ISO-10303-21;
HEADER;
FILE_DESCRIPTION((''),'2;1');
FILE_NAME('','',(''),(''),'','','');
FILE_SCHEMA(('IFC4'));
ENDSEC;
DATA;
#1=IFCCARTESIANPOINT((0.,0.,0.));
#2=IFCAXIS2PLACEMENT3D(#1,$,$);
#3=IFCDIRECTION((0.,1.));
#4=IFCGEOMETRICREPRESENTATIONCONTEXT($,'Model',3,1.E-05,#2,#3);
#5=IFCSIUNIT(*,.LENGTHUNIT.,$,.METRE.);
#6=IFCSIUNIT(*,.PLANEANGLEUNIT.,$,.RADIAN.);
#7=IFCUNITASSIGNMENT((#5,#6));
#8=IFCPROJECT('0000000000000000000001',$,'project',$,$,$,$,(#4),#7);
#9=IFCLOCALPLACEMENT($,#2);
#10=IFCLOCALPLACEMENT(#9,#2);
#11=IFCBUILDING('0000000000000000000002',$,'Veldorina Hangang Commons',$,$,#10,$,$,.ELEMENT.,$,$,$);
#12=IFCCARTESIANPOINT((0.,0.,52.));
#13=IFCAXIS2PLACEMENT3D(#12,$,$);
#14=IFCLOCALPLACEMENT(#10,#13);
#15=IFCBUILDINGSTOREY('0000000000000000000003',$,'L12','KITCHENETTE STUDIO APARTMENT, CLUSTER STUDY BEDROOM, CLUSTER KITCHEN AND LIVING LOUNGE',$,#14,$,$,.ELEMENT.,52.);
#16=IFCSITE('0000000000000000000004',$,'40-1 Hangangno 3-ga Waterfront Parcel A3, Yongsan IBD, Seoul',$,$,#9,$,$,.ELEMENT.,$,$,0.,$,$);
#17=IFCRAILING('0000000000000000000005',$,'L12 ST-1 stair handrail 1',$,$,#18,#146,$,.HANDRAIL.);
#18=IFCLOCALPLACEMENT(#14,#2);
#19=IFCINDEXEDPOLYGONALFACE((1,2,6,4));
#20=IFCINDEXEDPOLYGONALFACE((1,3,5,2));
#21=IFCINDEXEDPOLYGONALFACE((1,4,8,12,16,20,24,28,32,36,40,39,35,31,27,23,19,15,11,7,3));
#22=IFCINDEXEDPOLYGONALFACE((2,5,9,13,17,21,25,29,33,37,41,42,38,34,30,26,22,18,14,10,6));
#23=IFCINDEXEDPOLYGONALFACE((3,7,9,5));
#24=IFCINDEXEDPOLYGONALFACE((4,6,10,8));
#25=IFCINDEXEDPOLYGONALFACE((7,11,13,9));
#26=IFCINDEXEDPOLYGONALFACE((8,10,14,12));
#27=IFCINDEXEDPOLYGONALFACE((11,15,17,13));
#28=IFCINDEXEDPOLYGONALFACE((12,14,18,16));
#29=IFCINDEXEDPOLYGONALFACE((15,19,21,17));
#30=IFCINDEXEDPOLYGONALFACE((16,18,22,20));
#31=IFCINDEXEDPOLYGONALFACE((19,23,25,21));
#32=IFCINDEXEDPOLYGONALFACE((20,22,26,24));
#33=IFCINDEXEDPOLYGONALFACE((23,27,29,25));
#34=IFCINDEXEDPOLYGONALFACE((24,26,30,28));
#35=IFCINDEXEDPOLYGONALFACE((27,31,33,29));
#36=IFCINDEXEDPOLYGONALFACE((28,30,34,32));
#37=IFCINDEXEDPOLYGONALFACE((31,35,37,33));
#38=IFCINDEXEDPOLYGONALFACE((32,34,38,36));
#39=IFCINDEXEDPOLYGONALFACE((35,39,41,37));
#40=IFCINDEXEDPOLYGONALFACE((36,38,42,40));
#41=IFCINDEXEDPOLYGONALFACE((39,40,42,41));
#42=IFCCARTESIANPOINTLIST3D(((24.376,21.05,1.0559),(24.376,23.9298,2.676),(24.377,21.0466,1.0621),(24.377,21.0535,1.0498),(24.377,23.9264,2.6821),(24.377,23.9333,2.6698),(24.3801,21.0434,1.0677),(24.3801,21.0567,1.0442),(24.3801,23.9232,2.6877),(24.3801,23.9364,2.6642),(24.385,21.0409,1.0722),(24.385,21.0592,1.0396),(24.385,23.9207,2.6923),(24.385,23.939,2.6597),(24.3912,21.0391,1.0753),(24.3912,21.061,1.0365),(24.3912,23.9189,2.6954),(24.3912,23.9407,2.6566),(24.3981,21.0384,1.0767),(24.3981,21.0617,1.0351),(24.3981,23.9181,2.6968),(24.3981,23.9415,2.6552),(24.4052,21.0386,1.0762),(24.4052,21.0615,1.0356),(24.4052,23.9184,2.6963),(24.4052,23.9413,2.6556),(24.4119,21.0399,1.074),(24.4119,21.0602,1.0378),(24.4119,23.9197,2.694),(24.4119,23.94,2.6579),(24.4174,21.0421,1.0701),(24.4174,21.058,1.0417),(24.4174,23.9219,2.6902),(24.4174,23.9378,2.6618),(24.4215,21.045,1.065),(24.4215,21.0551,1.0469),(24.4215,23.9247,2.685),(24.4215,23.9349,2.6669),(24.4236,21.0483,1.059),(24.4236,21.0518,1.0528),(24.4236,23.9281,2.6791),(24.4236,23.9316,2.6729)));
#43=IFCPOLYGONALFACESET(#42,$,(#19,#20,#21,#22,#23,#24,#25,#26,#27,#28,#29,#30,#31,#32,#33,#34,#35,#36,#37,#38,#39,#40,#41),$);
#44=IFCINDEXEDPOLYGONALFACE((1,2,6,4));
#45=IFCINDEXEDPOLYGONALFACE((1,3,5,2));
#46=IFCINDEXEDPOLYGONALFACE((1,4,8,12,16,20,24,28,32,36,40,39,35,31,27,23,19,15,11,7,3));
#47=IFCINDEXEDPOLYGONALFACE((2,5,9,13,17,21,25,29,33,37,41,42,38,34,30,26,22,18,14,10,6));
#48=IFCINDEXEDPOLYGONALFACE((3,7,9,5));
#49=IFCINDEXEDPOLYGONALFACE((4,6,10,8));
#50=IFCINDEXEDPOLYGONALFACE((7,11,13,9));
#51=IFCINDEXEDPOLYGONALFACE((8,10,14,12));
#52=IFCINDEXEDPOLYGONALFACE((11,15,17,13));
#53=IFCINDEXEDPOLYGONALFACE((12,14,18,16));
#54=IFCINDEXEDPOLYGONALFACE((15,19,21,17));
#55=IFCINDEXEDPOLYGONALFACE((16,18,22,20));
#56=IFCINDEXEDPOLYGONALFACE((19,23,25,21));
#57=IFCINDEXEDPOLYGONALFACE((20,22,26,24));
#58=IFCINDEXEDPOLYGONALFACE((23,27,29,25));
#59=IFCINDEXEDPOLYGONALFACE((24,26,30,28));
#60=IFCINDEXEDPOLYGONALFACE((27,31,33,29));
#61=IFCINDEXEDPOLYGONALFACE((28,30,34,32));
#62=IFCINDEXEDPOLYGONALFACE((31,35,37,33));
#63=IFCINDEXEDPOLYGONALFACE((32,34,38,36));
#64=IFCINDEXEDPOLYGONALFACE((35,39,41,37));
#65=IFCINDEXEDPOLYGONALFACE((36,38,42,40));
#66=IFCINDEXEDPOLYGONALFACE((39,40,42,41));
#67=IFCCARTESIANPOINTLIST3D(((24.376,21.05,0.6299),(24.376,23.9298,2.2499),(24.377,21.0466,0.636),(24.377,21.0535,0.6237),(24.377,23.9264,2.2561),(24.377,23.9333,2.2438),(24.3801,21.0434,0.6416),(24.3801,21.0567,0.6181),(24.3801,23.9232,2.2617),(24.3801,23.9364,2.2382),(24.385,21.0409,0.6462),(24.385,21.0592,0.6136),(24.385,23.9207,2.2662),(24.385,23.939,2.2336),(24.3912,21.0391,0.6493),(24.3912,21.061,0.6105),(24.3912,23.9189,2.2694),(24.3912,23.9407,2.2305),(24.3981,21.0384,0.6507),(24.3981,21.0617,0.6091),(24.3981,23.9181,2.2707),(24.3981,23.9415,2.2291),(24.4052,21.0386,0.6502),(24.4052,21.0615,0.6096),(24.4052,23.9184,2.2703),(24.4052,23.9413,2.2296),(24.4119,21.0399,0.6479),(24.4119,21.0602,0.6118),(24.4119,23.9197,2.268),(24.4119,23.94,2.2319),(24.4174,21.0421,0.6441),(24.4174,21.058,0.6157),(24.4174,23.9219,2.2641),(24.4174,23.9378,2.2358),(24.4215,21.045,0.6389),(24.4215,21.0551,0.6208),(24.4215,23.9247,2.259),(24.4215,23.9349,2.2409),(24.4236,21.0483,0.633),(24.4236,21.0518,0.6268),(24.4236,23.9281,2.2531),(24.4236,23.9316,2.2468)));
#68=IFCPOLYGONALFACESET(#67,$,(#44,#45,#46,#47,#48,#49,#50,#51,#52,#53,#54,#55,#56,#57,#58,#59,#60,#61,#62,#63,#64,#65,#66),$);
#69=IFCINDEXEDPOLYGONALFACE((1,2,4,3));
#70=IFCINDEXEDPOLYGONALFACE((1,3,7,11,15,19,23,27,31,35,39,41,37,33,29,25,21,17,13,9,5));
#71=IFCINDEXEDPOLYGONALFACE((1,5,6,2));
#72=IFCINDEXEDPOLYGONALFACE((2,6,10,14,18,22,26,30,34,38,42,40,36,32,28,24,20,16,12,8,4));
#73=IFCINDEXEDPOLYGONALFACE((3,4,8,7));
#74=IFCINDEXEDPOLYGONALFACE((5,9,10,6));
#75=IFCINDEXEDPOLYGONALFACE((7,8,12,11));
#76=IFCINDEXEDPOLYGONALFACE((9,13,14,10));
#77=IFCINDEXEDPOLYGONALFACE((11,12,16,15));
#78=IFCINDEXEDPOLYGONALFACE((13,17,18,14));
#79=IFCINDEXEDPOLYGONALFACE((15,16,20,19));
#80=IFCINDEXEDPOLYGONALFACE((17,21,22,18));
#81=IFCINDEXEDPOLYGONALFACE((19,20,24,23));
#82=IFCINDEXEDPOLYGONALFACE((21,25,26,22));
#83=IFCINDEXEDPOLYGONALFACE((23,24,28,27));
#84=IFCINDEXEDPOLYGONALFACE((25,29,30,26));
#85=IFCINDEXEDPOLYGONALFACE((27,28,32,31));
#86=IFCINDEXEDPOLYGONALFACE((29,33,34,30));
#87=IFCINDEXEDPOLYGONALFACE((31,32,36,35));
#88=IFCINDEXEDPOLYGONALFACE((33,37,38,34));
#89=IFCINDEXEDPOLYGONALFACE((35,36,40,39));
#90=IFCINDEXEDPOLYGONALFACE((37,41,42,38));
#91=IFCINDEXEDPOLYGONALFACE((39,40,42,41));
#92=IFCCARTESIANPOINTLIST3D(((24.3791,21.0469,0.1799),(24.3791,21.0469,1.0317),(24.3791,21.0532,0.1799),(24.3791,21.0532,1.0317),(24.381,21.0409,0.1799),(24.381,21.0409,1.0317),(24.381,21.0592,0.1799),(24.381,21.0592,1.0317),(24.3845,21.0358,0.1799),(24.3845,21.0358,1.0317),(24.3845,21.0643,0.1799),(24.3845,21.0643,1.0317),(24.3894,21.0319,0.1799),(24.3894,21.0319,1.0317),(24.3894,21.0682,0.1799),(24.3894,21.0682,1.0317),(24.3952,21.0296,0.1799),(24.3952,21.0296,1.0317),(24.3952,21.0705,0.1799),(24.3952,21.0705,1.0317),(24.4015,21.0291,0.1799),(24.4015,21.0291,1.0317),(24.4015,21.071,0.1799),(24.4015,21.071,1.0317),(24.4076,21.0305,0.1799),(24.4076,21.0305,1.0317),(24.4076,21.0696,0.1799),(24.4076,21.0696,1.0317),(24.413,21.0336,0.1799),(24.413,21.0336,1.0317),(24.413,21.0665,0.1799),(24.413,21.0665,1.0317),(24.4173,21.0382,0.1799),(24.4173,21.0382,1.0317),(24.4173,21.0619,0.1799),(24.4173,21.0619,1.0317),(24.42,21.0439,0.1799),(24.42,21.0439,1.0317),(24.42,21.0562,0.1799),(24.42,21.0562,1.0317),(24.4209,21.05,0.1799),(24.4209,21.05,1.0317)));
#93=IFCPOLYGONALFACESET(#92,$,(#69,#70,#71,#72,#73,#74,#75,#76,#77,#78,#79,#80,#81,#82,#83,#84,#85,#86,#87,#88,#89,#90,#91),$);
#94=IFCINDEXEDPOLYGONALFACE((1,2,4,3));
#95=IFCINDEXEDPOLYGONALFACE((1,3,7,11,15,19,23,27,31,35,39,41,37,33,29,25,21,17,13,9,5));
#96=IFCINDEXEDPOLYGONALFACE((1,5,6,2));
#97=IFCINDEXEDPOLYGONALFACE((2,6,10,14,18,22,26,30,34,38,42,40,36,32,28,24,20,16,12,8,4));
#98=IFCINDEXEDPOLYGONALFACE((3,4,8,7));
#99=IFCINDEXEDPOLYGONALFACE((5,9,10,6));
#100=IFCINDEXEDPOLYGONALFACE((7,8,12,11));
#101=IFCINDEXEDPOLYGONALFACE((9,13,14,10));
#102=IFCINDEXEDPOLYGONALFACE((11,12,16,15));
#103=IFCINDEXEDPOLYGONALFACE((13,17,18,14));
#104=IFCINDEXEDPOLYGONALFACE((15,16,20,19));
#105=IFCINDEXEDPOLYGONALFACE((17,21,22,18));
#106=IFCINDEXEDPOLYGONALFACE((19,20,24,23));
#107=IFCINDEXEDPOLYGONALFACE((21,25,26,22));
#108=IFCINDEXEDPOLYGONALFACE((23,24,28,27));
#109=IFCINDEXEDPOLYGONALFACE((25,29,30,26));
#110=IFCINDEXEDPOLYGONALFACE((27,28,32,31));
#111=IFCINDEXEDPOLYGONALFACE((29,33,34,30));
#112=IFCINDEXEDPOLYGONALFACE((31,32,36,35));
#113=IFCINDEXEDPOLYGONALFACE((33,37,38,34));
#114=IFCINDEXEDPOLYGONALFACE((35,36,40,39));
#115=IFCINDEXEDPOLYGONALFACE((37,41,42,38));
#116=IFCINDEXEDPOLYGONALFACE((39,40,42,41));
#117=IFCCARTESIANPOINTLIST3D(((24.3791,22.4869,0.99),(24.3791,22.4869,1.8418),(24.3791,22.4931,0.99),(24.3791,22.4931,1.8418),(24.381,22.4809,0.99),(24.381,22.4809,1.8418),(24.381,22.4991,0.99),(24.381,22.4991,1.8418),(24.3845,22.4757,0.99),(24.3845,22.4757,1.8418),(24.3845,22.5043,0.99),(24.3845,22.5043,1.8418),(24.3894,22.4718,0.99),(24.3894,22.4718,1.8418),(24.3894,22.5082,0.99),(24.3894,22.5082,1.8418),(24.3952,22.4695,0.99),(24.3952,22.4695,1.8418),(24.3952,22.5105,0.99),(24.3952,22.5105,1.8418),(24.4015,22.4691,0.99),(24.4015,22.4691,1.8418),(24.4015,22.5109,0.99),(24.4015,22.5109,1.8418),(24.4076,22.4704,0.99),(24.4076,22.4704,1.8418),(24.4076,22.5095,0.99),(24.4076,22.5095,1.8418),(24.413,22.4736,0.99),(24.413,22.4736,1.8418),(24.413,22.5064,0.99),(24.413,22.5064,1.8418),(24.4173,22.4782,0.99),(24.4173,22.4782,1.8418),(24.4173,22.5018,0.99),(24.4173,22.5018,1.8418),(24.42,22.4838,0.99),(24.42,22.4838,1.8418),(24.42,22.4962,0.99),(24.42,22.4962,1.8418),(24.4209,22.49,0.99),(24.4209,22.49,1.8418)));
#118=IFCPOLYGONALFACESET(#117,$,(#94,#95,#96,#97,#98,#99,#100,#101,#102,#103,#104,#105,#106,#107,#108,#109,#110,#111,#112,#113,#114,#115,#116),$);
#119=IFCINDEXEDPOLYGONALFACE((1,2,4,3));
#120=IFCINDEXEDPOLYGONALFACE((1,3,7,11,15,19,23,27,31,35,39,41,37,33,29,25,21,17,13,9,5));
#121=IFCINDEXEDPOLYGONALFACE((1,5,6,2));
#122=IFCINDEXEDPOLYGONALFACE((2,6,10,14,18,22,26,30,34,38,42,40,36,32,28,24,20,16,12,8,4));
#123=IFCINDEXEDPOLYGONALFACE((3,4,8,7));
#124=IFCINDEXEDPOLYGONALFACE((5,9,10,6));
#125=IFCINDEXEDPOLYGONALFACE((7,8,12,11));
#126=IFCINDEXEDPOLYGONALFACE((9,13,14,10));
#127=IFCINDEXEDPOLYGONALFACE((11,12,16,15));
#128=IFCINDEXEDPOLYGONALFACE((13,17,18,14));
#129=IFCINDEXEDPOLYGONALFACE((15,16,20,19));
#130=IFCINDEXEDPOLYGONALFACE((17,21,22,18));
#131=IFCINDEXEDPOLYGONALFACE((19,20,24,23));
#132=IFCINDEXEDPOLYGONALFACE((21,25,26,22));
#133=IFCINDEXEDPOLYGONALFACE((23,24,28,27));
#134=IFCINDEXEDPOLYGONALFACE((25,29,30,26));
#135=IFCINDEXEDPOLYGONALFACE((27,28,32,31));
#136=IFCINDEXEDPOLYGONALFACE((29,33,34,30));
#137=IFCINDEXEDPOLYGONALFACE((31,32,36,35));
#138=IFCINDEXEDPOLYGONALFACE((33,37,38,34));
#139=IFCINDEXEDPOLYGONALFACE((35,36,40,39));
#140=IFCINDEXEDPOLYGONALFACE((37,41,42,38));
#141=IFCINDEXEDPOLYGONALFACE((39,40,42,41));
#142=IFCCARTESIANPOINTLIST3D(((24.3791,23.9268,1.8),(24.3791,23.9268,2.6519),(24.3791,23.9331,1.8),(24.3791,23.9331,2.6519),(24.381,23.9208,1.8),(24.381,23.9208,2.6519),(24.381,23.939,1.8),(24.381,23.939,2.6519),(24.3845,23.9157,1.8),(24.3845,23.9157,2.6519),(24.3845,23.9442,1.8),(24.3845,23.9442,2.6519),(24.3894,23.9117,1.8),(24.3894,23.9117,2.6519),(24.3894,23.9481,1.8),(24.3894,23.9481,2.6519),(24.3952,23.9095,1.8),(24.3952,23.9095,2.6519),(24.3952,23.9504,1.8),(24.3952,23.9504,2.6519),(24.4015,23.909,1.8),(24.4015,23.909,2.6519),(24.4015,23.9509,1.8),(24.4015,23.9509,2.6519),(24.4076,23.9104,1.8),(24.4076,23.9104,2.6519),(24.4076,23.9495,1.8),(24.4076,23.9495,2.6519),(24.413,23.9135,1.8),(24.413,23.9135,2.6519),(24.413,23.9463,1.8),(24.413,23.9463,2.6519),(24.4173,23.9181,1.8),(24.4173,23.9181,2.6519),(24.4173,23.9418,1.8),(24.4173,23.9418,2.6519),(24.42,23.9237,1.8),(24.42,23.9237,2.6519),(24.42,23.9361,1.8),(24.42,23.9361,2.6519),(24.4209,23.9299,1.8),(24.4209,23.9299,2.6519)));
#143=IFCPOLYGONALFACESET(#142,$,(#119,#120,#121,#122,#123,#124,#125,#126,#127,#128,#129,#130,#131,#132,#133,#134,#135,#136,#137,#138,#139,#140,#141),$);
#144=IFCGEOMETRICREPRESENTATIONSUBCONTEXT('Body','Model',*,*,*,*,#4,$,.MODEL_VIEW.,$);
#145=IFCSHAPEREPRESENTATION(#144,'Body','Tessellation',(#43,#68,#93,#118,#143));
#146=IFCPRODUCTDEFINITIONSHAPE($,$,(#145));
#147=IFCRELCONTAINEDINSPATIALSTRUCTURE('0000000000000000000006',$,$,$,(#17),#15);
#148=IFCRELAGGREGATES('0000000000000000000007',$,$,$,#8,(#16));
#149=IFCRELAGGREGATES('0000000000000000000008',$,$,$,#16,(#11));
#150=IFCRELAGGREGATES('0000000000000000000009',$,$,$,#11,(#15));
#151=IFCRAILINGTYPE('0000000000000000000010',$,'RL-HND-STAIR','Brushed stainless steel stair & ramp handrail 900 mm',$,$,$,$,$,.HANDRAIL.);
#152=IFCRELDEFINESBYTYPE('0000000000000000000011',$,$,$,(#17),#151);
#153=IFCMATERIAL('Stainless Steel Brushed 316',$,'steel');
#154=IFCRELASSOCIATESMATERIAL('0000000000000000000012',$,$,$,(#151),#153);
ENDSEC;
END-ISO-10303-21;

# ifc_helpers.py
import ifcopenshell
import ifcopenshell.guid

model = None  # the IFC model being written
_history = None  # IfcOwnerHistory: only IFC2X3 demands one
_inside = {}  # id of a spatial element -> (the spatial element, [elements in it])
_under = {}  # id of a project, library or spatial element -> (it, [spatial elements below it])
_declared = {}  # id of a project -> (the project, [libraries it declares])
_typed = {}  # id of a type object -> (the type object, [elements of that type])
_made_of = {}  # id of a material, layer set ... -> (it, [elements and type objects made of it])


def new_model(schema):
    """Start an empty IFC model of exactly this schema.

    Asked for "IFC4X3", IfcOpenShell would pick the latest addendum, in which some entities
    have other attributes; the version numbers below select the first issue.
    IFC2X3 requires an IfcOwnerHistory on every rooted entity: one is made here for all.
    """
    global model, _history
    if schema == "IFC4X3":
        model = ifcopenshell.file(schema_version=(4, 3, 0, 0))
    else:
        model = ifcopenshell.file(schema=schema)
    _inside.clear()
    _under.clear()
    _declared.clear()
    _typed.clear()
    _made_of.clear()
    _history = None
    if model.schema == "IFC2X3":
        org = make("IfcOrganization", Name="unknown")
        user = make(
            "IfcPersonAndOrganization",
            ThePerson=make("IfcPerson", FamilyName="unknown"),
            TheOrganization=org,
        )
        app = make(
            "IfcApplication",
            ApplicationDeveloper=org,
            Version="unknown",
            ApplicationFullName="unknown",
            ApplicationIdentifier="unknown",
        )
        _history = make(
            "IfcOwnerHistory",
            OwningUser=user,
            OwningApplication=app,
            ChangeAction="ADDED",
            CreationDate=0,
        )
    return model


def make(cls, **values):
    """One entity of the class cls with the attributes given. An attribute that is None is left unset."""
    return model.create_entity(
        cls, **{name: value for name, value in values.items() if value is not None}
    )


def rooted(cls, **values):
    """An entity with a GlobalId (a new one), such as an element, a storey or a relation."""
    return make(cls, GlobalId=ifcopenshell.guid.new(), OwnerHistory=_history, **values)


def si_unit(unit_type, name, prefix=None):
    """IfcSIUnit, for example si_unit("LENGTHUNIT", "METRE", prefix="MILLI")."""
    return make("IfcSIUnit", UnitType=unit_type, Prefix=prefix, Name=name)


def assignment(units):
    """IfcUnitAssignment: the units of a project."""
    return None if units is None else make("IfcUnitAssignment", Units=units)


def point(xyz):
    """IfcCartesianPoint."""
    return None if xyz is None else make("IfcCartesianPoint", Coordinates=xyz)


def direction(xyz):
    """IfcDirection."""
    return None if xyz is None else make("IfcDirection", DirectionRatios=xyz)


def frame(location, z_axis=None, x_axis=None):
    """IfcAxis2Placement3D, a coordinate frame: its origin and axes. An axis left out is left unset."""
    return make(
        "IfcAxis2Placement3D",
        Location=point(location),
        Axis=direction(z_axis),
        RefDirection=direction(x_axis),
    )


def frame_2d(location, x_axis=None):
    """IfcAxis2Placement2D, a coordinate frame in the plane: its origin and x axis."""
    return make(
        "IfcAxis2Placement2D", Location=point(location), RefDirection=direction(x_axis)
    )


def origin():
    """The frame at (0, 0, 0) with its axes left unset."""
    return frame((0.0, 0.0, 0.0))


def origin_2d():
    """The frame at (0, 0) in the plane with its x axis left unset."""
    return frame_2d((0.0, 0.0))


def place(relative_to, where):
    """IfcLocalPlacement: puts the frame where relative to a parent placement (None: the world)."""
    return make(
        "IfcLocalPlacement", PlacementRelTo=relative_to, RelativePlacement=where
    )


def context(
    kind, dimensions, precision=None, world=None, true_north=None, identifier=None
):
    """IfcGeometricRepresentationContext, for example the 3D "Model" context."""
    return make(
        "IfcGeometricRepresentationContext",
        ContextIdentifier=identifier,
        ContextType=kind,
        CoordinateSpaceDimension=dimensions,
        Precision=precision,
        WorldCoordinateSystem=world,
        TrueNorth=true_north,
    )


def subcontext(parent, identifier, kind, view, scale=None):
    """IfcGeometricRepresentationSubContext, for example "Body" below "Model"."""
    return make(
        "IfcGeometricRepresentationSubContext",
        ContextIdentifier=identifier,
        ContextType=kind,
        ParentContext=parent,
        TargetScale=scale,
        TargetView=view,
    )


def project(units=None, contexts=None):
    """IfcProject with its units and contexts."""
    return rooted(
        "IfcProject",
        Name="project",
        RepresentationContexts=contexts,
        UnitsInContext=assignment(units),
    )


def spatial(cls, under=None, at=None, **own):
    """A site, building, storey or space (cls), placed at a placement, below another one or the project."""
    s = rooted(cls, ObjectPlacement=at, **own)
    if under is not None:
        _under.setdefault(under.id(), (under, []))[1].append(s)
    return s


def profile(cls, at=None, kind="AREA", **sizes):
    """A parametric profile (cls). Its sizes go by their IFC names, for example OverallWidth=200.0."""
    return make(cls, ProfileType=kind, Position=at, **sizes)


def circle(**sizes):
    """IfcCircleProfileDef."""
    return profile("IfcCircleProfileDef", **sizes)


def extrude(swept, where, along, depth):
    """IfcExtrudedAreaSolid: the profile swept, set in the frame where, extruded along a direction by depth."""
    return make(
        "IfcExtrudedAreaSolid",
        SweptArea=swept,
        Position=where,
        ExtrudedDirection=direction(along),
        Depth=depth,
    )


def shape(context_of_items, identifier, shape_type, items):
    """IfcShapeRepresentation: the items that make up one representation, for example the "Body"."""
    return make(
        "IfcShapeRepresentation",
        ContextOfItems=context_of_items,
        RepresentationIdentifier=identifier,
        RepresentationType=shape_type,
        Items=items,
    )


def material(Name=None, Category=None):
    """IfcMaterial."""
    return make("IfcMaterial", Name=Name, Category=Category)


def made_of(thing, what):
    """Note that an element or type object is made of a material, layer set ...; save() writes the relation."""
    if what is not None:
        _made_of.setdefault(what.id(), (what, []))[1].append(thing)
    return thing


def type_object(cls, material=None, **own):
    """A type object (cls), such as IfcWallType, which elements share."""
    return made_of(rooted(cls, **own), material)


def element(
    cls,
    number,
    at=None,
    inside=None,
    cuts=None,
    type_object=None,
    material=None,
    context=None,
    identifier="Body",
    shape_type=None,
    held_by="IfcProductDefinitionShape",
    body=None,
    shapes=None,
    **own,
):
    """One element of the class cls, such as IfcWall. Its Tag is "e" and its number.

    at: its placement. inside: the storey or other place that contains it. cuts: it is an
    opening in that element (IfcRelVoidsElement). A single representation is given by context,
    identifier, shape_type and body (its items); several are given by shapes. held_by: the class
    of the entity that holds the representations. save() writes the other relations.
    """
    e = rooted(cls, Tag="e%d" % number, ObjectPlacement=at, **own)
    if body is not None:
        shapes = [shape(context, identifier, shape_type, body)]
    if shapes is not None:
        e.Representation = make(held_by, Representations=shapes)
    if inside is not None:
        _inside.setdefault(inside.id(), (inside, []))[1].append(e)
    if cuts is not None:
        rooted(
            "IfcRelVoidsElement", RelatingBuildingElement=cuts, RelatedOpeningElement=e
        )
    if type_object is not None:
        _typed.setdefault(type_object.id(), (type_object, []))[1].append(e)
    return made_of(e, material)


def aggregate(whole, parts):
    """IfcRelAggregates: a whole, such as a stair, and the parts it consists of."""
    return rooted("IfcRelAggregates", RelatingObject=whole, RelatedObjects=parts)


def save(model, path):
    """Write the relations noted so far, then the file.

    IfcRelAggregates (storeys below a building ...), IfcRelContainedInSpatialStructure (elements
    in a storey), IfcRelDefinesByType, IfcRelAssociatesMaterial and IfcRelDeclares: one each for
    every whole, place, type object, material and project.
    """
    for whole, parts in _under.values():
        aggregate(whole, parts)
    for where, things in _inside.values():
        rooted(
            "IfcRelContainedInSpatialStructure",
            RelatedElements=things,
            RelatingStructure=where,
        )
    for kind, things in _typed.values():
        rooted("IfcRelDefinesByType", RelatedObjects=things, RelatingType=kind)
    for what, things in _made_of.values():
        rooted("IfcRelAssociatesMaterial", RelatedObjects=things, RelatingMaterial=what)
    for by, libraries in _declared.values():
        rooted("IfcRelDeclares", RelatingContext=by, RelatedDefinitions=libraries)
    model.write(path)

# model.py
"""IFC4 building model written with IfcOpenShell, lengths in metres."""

from ifc_helpers import new_model, si_unit, direction, frame, origin, origin_2d, place, context, subcontext, project, spatial, circle, extrude, material, type_object, element, save


model = new_model("IFC4")

# Units and contexts
model_context = context("Model", 3, precision=1e-05, world=origin(), true_north=direction((0.0, 1.0)))
body_context = subcontext(model_context, "Body", "Model", "MODEL_VIEW")
ifc_project = project(units=[si_unit("LENGTHUNIT", "METRE"), si_unit("PLANEANGLEUNIT", "RADIAN")], contexts=[model_context])

# Site, building, storey
site_placement = place(None, origin())
site = spatial("IfcSite", under=ifc_project, at=site_placement, Name="40-1 Hangangno 3-ga Waterfront Parcel A3, Yongsan IBD, Seoul", CompositionType="ELEMENT", RefElevation=0.0)
building_placement = place(site_placement, origin())
building = spatial("IfcBuilding", under=site, at=building_placement, Name="Veldorina Hangang Commons", CompositionType="ELEMENT")
storey_placement = place(building_placement, frame((0.0, 0.0, 52.0)))
storey = spatial("IfcBuildingStorey", under=building, at=storey_placement, Name="L12", Description="KITCHENETTE STUDIO APARTMENT, CLUSTER STUDY BEDROOM, CLUSTER KITCHEN AND LIVING LOUNGE", CompositionType="ELEMENT", Elevation=52.0)

# Railing
ifc_material_1 = material(Name="Stainless Steel Brushed 316", Category="steel")
railing_type_1 = type_object("IfcRailingType", Name="RL-HND-STAIR", Description="Brushed stainless steel stair & ramp handrail 900 mm", PredefinedType="HANDRAIL", material=ifc_material_1)
railing_1_placement = place(storey_placement, frame((24.3999, 21.05, 0.1799)))
element("IfcRailing", 1, at=railing_1_placement, inside=storey, type_object=railing_type_1, Name="L12 ST-1 stair handrail 1", PredefinedType="HANDRAIL", context=body_context, shape_type="SweptSolid", body=[
    extrude(circle(Radius=0.0239, at=origin_2d()), frame((0.0, 0.0, 0.876), z_axis=(0.0, 0.871552, 0.490303), x_axis=(-1.0, 0.0, 0.0)), (0.0, 0.0, 1.0), 3.3042),
    extrude(circle(Radius=0.0239, at=origin_2d()), frame((0.0, 0.0, 0.45), z_axis=(0.0, 0.871552, 0.490303), x_axis=(-1.0, 0.0, 0.0)), (0.0, 0.0, 1.0), 3.3042),
    extrude(circle(Radius=0.021, at=origin_2d()), origin(), (0.0, 0.0, 1.0), 0.8518),
    extrude(circle(Radius=0.021, at=origin_2d()), frame((0.0, 1.4399, 0.8101)), (0.0, 0.0, 1.0), 0.8518),
    extrude(circle(Radius=0.021, at=origin_2d()), frame((0.0, 2.8799, 1.6201)), (0.0, 0.0, 1.0), 0.8518),
])

save(model, "model.ifc")
